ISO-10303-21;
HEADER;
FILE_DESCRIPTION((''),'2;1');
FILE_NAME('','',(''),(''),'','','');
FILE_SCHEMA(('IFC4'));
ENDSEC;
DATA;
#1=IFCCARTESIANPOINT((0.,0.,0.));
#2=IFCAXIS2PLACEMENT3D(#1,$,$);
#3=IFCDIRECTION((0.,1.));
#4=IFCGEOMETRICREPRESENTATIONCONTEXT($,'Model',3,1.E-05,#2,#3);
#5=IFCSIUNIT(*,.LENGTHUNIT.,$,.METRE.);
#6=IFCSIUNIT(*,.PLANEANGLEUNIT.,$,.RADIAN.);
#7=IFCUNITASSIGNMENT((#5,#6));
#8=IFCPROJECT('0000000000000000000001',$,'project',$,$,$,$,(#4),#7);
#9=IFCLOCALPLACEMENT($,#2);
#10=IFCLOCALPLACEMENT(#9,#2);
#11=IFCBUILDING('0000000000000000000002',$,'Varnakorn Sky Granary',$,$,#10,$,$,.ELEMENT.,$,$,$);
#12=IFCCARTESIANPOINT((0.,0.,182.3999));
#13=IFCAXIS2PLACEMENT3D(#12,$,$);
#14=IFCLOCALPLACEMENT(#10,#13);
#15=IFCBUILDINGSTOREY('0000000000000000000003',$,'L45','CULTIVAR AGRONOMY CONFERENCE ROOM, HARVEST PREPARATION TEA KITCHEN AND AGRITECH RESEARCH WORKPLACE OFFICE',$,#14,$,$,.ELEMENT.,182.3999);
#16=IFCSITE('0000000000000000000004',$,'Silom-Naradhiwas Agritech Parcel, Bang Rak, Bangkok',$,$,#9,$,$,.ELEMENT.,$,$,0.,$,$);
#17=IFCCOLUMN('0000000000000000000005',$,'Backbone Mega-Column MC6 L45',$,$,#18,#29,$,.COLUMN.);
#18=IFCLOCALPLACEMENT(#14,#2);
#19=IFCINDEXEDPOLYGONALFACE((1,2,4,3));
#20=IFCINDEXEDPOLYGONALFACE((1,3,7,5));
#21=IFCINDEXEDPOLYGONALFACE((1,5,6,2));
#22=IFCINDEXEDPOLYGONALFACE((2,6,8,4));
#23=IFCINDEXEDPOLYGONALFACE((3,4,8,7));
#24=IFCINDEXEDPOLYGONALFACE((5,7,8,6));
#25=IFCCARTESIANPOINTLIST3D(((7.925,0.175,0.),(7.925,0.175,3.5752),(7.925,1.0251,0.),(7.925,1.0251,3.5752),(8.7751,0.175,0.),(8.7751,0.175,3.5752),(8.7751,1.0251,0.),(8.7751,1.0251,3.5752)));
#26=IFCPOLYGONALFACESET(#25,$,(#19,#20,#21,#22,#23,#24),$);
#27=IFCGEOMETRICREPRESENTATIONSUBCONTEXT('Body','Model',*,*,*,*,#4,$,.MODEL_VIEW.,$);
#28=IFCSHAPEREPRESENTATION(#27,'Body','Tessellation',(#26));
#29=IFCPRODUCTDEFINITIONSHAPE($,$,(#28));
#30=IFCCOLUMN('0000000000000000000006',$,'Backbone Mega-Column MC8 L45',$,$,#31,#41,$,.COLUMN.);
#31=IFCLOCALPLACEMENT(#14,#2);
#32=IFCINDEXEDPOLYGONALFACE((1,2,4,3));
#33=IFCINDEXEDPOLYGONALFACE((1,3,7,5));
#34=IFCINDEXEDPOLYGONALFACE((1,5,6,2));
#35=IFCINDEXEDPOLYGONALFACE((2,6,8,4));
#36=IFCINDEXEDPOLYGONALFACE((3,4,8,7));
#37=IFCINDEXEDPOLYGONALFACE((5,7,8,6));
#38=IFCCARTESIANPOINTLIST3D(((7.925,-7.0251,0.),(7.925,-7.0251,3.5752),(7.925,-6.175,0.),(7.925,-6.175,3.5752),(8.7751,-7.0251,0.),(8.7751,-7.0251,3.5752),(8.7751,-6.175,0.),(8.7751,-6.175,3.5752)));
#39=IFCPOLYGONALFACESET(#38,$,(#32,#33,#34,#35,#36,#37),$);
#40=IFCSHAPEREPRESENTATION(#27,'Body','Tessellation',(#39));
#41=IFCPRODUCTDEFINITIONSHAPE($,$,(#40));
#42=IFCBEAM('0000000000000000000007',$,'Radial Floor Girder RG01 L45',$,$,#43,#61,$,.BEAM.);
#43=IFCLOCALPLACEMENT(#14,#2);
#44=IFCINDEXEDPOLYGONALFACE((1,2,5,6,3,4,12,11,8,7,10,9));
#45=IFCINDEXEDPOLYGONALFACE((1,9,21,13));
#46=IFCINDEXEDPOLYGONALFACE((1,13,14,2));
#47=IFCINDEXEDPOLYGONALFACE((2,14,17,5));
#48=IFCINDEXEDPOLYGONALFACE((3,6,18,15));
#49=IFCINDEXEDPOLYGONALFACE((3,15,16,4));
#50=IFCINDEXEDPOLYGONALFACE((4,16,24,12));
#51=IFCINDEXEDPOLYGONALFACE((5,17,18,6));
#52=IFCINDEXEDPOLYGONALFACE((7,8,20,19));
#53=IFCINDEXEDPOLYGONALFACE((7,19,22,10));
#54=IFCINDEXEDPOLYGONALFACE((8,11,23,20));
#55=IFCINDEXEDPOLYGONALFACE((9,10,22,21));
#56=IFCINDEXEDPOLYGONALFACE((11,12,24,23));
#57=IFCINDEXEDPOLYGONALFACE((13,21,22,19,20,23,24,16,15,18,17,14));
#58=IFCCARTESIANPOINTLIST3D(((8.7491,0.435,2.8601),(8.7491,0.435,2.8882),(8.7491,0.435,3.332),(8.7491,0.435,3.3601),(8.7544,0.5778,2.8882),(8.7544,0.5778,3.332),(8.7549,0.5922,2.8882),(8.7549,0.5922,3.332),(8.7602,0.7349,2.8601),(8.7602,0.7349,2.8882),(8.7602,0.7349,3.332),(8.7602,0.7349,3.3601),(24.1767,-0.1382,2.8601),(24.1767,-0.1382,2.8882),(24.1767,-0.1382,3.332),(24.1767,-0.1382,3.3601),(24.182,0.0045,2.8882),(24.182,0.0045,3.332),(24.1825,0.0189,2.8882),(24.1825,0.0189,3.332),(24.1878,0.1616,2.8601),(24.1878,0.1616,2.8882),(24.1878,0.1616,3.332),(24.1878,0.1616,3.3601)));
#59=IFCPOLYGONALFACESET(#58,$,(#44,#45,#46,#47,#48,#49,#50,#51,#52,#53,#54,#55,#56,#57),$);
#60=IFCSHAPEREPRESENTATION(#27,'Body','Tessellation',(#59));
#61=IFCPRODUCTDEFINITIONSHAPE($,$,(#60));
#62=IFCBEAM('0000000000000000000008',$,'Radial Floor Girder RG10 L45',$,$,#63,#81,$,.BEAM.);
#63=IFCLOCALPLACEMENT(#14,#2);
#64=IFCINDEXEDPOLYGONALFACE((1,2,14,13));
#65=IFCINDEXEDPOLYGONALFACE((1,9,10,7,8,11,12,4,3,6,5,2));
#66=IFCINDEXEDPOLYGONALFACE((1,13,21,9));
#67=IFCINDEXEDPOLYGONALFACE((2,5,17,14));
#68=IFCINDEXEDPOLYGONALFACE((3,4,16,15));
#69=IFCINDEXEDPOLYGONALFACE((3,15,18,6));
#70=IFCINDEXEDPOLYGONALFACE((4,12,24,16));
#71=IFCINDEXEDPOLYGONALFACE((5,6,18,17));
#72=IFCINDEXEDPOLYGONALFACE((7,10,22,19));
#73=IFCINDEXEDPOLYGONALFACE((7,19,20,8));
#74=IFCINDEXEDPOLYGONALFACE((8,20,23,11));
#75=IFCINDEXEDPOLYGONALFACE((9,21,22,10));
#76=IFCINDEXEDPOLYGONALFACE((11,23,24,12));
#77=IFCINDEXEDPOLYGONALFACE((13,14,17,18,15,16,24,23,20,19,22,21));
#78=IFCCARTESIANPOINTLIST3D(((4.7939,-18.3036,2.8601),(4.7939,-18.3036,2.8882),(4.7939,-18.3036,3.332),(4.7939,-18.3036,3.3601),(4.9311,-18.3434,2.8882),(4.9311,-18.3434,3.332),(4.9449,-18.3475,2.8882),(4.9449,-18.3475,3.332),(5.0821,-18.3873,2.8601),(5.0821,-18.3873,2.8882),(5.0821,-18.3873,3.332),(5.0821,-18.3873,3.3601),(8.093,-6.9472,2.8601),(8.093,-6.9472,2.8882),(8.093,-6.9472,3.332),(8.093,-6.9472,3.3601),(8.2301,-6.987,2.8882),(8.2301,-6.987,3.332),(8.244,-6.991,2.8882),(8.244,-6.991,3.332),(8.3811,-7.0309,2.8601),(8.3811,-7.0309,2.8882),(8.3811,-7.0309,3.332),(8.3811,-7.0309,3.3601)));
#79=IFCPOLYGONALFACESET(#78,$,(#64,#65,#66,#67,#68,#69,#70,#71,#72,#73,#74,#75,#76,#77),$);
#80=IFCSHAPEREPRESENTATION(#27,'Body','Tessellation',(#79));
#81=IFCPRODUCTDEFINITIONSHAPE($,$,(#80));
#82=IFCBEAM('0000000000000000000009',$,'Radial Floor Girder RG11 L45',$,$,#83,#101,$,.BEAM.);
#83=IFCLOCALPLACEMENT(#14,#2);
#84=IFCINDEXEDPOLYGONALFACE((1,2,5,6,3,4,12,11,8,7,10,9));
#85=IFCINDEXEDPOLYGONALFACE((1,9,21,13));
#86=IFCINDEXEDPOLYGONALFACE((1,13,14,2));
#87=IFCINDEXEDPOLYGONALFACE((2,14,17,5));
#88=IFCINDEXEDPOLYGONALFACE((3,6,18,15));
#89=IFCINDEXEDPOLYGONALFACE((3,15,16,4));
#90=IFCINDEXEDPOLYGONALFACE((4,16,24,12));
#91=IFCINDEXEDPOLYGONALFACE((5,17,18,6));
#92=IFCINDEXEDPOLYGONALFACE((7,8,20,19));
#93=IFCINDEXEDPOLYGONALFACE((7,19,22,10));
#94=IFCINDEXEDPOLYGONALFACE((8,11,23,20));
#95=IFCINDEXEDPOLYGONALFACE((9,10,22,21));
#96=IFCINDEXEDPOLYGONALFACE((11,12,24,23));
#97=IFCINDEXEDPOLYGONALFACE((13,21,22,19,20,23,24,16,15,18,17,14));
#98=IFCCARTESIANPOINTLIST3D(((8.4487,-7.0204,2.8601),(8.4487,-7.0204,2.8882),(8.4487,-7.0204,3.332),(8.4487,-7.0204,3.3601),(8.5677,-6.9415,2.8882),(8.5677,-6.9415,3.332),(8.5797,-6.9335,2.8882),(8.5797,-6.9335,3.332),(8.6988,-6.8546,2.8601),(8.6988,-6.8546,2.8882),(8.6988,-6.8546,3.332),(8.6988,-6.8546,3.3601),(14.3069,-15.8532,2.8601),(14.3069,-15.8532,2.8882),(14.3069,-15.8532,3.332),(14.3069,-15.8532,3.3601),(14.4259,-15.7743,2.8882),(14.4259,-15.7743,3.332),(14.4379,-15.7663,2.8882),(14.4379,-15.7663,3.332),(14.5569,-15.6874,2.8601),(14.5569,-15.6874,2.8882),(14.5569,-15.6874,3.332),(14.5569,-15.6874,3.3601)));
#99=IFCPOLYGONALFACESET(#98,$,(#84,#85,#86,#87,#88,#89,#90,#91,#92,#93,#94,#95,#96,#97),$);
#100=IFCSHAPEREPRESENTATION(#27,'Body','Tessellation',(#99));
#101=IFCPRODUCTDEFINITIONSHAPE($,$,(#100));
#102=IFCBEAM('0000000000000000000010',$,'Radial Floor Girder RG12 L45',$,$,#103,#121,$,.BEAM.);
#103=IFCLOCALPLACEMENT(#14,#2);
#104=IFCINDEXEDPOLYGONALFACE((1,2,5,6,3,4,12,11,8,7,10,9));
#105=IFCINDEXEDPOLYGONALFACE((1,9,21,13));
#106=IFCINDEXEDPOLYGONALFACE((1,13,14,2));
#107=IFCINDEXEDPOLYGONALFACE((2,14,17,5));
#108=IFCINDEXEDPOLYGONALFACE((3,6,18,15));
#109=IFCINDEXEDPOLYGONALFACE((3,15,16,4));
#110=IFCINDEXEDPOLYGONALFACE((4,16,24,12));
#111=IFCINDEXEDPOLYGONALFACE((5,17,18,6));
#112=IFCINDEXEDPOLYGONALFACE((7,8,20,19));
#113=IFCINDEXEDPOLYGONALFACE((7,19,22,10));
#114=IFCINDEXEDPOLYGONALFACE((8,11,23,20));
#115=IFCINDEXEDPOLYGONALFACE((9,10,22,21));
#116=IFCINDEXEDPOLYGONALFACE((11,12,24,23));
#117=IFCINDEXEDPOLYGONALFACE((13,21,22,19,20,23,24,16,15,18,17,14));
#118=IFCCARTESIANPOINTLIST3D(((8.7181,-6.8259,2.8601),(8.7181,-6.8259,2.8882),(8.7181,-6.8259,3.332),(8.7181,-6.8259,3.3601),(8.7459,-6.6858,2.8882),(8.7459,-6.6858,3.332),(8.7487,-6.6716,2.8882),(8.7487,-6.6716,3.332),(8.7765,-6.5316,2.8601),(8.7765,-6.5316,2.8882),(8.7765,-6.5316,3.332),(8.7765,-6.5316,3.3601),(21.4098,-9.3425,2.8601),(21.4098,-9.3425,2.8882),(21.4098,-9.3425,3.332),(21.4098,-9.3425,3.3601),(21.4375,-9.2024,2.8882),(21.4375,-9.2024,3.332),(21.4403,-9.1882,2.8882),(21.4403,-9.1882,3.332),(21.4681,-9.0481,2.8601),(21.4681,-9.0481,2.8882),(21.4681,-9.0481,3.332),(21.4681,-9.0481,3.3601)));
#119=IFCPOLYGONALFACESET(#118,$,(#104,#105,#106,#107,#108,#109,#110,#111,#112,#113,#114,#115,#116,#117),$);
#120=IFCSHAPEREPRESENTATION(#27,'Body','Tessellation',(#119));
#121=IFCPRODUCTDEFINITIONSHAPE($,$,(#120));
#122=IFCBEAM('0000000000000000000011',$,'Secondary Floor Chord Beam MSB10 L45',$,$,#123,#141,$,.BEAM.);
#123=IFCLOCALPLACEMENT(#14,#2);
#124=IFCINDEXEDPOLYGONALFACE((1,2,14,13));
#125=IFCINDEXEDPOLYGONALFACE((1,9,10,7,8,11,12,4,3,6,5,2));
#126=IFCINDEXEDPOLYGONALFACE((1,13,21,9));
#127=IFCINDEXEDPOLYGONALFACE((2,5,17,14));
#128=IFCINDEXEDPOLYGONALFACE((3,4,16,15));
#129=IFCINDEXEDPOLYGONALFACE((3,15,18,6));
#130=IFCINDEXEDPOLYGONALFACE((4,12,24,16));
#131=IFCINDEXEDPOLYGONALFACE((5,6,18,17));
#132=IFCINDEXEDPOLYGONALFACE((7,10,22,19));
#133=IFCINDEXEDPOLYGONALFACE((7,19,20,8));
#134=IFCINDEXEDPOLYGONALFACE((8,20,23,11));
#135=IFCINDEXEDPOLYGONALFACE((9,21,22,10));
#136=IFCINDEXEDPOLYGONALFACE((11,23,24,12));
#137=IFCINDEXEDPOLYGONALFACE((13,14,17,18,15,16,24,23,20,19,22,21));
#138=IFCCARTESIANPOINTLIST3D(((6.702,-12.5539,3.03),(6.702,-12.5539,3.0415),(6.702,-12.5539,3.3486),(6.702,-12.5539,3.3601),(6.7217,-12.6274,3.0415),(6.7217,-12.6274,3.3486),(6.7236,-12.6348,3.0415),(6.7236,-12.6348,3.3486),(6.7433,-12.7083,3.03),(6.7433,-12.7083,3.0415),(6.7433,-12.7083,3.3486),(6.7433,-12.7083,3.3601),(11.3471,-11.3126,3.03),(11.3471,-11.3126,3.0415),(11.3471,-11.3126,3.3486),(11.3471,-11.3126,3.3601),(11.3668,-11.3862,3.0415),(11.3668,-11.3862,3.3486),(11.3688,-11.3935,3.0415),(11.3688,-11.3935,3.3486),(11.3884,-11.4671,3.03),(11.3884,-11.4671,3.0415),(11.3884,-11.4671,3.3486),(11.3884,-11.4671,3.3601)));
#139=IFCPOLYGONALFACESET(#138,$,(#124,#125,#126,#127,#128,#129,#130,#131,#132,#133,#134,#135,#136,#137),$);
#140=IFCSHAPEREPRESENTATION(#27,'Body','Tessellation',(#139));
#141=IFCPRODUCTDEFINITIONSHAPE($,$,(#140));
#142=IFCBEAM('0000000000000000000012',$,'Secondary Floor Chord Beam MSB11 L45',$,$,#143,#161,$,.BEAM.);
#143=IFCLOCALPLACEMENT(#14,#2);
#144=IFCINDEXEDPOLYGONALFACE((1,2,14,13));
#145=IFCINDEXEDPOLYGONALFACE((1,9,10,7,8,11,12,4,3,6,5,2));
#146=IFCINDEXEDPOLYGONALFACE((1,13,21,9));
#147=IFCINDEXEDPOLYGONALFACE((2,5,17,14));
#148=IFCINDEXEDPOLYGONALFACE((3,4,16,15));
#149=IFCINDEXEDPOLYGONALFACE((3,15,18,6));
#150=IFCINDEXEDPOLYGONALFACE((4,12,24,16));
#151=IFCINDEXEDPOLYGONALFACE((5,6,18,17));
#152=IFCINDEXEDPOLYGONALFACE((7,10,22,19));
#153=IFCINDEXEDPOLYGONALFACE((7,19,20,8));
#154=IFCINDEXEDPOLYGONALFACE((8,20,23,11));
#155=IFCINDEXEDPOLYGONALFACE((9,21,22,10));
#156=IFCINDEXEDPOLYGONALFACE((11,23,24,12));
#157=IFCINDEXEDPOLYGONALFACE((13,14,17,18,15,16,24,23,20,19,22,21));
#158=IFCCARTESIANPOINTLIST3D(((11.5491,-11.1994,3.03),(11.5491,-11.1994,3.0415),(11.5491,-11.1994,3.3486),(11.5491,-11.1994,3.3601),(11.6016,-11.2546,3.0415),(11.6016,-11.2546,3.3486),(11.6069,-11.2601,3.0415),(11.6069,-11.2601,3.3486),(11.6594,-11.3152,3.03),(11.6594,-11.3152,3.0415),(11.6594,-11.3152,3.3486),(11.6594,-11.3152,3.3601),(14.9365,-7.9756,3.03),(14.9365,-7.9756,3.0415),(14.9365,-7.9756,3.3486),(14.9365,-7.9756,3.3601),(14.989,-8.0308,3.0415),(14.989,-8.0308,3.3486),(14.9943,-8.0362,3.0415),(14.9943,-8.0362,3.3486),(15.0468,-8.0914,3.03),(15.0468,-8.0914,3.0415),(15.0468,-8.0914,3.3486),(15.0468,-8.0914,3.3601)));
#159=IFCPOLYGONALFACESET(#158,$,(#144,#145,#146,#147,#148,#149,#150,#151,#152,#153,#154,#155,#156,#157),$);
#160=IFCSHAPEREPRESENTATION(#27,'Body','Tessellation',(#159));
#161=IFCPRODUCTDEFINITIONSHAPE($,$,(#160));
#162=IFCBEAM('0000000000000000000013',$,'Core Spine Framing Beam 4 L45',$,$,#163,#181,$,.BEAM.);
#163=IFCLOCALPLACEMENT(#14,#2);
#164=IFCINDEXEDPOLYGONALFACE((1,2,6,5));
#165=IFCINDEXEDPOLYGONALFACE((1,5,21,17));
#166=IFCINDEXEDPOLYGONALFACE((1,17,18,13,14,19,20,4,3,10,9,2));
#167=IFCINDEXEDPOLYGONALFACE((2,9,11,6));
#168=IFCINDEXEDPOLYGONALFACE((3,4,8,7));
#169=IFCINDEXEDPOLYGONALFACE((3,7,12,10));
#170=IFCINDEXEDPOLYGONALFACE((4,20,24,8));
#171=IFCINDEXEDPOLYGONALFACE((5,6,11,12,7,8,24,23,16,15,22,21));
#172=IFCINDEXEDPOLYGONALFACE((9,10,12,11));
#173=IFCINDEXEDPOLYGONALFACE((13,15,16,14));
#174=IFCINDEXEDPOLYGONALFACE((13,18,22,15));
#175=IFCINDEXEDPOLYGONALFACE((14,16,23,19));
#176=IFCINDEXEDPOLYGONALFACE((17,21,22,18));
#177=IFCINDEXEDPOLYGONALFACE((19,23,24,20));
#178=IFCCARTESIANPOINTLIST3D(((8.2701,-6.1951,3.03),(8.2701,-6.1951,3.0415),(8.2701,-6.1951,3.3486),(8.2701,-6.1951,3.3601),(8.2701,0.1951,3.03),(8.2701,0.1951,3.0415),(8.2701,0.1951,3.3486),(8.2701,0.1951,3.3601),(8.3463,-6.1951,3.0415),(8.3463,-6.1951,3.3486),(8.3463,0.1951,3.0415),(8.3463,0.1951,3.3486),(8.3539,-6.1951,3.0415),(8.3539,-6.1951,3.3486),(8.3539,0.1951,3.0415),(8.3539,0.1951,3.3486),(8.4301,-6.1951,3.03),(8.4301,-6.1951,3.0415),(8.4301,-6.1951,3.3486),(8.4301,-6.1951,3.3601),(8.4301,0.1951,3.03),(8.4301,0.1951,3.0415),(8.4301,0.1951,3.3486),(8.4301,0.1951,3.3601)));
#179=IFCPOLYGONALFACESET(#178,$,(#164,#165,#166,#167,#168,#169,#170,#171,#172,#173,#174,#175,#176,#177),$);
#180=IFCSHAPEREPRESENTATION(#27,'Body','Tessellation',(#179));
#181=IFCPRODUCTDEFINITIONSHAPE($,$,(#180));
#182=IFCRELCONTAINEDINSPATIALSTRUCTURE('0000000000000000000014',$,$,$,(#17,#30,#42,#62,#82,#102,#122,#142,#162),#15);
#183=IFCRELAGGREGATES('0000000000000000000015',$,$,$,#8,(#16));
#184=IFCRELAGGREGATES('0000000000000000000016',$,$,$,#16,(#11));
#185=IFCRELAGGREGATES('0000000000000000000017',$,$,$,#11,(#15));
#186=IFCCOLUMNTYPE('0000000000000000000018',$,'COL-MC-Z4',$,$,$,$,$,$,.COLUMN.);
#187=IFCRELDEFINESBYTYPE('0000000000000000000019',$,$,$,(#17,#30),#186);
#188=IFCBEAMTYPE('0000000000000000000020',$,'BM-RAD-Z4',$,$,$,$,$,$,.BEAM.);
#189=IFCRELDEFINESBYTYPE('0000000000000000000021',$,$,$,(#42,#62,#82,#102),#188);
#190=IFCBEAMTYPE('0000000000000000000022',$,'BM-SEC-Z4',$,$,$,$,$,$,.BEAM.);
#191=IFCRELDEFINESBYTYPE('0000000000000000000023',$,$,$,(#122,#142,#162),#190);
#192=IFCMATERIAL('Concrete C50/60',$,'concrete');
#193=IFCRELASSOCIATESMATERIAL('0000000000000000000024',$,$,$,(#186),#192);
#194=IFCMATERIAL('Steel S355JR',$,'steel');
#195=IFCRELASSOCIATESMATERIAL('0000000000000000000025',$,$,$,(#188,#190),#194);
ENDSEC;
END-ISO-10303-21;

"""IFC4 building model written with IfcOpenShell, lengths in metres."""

from ifc_helpers import new_model, si_unit, direction, frame, origin, origin_2d, place, context, subcontext, project, spatial, rectangle, i_section, extrude, material, material_profile, profile_set, type_object, element, save


model = new_model("IFC4")

# Units and contexts
model_context = context("Model", 3, precision=1e-05, world=origin(), true_north=direction((0.0, 1.0)))
body_context = subcontext(model_context, "Body", "Model", "MODEL_VIEW")
ifc_project = project(units=[si_unit("LENGTHUNIT", "METRE"), si_unit("PLANEANGLEUNIT", "RADIAN")], contexts=[model_context])

# Site, building, storey
site_placement = place(None, origin())
site = spatial("IfcSite", under=ifc_project, at=site_placement, Name="Silom-Naradhiwas Agritech Parcel, Bang Rak, Bangkok", CompositionType="ELEMENT", RefElevation=0.0)
building_placement = place(site_placement, origin())
building = spatial("IfcBuilding", under=site, at=building_placement, Name="Varnakorn Sky Granary", CompositionType="ELEMENT")
storey_placement = place(building_placement, frame((0.0, 0.0, 182.3999)))
storey = spatial("IfcBuildingStorey", under=building, at=storey_placement, Name="L45", Description="CULTIVAR AGRONOMY CONFERENCE ROOM, HARVEST PREPARATION TEA KITCHEN AND AGRITECH RESEARCH WORKPLACE OFFICE", CompositionType="ELEMENT", Elevation=182.3999)

# Columns
ifc_material_1 = material(Name="Concrete C50/60", Category="concrete")
ifc_material_profile_1 = material_profile(ifc_material_1, rectangle(XDim=0.8501, YDim=0.8501, at=origin_2d()), Name="RC 850x850")
ifc_profile_set_1 = profile_set([ifc_material_profile_1], Name="Concrete C50/60")
column_type = type_object("IfcColumnType", Name="COL-MC-Z4", PredefinedType="COLUMN", material=ifc_profile_set_1)
for number, where, z_axis, x_axis, name in (
    (1, (8.3501, 0.6001, 0.0), (0.0, 0.0, 1.0), (1.0, 0.0, 0.0), "Backbone Mega-Column MC6 L45"),
    (2, (8.3501, -6.6001, 0.0), (0.0, 0.0, 1.0), (1.0, 0.0, 0.0), "Backbone Mega-Column MC8 L45"),
):
    element("IfcColumn", number, at=place(storey_placement, frame(where, z_axis=z_axis, x_axis=x_axis)), inside=storey, type_object=column_type, Name=name, PredefinedType="COLUMN", context=body_context, shape_type="SweptSolid", body=[
        extrude(rectangle(XDim=0.8501, YDim=0.8501, at=origin_2d()), origin(), (0.0, 0.0, 1.0), 3.5752),
    ])

# Beams
ifc_material_2 = material(Name="Steel S355JR", Category="steel")
ifc_material_profile_2 = material_profile(ifc_material_2, i_section(OverallWidth=0.3, OverallDepth=0.5, WebThickness=0.0144, FlangeThickness=0.0281, at=origin_2d()), Name="HE 500 B")
ifc_profile_set_2 = profile_set([ifc_material_profile_2], Name="Steel S355JR")
beam_type_1 = type_object("IfcBeamType", Name="BM-RAD-Z4", PredefinedType="BEAM", material=ifc_profile_set_2)
beam_1_placement = place(storey_placement, frame((8.7546, 0.585, 3.1101), z_axis=(0.99931, -0.037132, 0.0), x_axis=(0.037132, 0.99931, 0.0)))
element("IfcBeam", 3, at=beam_1_placement, inside=storey, type_object=beam_type_1, Name="Radial Floor Girder RG01 L45", PredefinedType="BEAM", context=body_context, shape_type="SweptSolid", body=[
    extrude(i_section(OverallWidth=0.3, OverallDepth=0.5, WebThickness=0.0144, FlangeThickness=0.0281, at=origin_2d()), origin(), (0.0, 0.0, 1.0), 15.4382),
])
beam_2_placement = place(storey_placement, frame((8.2371, -6.989, 3.1101), z_axis=(-0.278969, -0.9603, 0.0), x_axis=(0.9603, -0.278969, 0.0)))
element("IfcBeam", 4, at=beam_2_placement, inside=storey, type_object=beam_type_1, Name="Radial Floor Girder RG10 L45", PredefinedType="BEAM", context=body_context, shape_type="SweptSolid", body=[
    extrude(i_section(OverallWidth=0.3, OverallDepth=0.5, WebThickness=0.0144, FlangeThickness=0.0281, at=origin_2d()), origin(), (0.0, 0.0, 1.0), 11.8259),
])
beam_3_placement = place(storey_placement, frame((8.5737, -6.9375, 3.1101), z_axis=(0.552716, -0.83337, 0.0), x_axis=(0.83337, 0.552716, 0.0)))
element("IfcBeam", 5, at=beam_3_placement, inside=storey, type_object=beam_type_1, Name="Radial Floor Girder RG11 L45", PredefinedType="BEAM", context=body_context, shape_type="SweptSolid", body=[
    extrude(i_section(OverallWidth=0.3, OverallDepth=0.5, WebThickness=0.0144, FlangeThickness=0.0281, at=origin_2d()), origin(), (0.0, 0.0, 1.0), 10.5989),
])
beam_4_placement = place(storey_placement, frame((8.7473, -6.6787, 3.1101), z_axis=(0.980902, -0.194501, 0.0), x_axis=(0.194501, 0.980902, 0.0)))
element("IfcBeam", 6, at=beam_4_placement, inside=storey, type_object=beam_type_1, Name="Radial Floor Girder RG12 L45", PredefinedType="BEAM", context=body_context, shape_type="SweptSolid", body=[
    extrude(i_section(OverallWidth=0.3, OverallDepth=0.5, WebThickness=0.0144, FlangeThickness=0.0281, at=origin_2d()), origin(), (0.0, 0.0, 1.0), 12.9387),
])
ifc_material_profile_3 = material_profile(ifc_material_2, i_section(OverallWidth=0.1599, OverallDepth=0.3301, WebThickness=0.0076, FlangeThickness=0.0115, at=origin_2d()), Name="IPE 330")
ifc_profile_set_3 = profile_set([ifc_material_profile_3], Name="Steel S355JR")
beam_type_2 = type_object("IfcBeamType", Name="BM-SEC-Z4", PredefinedType="BEAM", material=ifc_profile_set_3)
beam_5_placement = place(storey_placement, frame((6.7227, -12.6311, 3.1951), z_axis=(0.966103, 0.258156, 0.0), x_axis=(-0.258156, 0.966103, 0.0)))
element("IfcBeam", 7, at=beam_5_placement, inside=storey, type_object=beam_type_2, Name="Secondary Floor Chord Beam MSB10 L45", PredefinedType="BEAM", context=body_context, shape_type="SweptSolid", body=[
    extrude(i_section(OverallWidth=0.1599, OverallDepth=0.3301, WebThickness=0.0076, FlangeThickness=0.0115, at=origin_2d()), origin(), (0.0, 0.0, 1.0), 4.8081),
])
beam_6_placement = place(storey_placement, frame((11.6042, -11.2573, 3.1951), z_axis=(0.72438, 0.689401, 0.0), x_axis=(-0.689401, 0.72438, 0.0)))
element("IfcBeam", 8, at=beam_6_placement, inside=storey, type_object=beam_type_2, Name="Secondary Floor Chord Beam MSB11 L45", PredefinedType="BEAM", context=body_context, shape_type="SweptSolid", body=[
    extrude(i_section(OverallWidth=0.1599, OverallDepth=0.3301, WebThickness=0.0076, FlangeThickness=0.0115, at=origin_2d()), origin(), (0.0, 0.0, 1.0), 4.6763),
])
beam_7_placement = place(storey_placement, frame((8.3501, 0.1951, 3.1951), z_axis=(0.0, -1.0, 0.0), x_axis=(1.0, 0.0, 0.0)))
element("IfcBeam", 9, at=beam_7_placement, inside=storey, type_object=beam_type_2, Name="Core Spine Framing Beam 4 L45", PredefinedType="BEAM", context=body_context, shape_type="SweptSolid", body=[
    extrude(i_section(OverallWidth=0.1599, OverallDepth=0.3301, WebThickness=0.0076, FlangeThickness=0.0115, at=origin_2d()), origin(), (0.0, 0.0, 1.0), 6.3901),
])

save(model, "model.ifc")
